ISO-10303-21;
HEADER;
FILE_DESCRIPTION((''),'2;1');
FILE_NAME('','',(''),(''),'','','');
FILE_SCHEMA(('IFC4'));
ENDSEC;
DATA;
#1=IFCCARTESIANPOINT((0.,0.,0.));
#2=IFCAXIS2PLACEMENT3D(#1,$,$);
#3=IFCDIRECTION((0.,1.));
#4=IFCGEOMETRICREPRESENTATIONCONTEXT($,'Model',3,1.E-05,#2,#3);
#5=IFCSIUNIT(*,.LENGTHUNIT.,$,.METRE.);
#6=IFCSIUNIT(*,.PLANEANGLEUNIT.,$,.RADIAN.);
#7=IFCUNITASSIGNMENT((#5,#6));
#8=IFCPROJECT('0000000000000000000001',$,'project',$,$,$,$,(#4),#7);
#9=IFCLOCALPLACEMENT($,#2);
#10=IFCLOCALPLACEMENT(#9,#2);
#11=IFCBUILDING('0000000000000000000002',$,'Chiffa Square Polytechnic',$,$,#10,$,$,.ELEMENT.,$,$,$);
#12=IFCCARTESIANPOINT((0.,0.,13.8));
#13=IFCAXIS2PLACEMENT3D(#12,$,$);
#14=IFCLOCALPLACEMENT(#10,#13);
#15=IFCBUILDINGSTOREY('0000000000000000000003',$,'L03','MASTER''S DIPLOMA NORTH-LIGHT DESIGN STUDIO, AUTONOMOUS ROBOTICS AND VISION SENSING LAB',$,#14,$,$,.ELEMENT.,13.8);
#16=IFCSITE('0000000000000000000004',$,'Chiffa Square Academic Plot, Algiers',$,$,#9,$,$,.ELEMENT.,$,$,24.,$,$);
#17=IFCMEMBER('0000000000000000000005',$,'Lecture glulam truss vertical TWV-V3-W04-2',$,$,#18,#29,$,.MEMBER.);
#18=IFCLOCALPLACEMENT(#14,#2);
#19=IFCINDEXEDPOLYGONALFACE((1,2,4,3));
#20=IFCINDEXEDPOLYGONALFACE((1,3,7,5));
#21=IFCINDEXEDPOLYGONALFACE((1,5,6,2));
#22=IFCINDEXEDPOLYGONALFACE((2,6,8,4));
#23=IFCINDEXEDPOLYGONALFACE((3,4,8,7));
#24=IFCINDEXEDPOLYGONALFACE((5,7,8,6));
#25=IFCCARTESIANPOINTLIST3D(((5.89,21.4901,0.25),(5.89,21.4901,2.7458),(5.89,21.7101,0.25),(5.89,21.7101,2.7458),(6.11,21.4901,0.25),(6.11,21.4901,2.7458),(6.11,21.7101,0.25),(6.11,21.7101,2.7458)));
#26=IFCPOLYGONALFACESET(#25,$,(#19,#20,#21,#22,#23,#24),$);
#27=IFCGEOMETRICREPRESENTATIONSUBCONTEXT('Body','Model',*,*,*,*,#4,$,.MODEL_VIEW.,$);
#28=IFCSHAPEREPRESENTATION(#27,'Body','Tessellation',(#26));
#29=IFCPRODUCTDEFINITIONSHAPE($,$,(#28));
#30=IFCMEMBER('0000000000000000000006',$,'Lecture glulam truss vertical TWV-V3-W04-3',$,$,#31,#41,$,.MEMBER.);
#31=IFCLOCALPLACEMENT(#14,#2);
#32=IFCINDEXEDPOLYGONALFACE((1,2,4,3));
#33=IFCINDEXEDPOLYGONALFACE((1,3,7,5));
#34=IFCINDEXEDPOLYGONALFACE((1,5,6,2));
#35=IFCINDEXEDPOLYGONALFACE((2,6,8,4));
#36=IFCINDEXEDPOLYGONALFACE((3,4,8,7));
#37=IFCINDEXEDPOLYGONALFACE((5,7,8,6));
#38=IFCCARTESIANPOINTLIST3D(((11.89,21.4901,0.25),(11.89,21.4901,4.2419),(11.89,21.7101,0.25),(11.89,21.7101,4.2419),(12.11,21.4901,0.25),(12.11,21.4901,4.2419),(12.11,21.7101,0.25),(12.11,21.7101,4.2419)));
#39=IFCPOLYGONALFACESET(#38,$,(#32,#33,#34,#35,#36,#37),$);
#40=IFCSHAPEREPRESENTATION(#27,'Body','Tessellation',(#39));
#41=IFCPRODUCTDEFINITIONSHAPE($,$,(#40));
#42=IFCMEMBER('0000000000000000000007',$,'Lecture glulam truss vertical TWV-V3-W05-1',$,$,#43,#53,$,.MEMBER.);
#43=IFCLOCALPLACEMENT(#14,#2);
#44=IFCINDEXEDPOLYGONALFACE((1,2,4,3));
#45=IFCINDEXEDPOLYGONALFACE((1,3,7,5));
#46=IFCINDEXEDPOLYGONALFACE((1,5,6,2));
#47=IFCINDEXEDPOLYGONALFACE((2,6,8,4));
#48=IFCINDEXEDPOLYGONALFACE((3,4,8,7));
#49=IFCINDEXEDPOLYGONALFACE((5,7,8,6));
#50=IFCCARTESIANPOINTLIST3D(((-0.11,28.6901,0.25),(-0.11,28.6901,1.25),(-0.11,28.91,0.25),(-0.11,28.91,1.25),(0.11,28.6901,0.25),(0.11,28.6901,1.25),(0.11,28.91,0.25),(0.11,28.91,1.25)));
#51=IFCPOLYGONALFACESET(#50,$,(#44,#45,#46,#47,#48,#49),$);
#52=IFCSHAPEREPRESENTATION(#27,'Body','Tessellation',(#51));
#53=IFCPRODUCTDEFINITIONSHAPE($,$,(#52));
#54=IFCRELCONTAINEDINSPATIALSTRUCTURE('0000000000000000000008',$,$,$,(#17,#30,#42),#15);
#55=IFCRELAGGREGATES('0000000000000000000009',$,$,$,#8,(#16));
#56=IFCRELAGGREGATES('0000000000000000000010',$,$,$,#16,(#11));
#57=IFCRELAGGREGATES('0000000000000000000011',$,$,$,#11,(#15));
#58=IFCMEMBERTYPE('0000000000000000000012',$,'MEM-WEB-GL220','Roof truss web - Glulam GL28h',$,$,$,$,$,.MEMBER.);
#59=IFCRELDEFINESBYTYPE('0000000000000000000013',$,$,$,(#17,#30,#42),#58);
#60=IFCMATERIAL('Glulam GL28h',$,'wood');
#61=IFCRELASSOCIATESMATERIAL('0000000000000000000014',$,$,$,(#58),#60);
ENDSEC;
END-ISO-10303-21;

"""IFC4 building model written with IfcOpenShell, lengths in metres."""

from ifc_helpers import new_model, si_unit, direction, frame, origin, origin_2d, place, context, subcontext, project, spatial, rectangle, extrude, material, material_profile, profile_set, type_object, element, save


model = new_model("IFC4")

# Units and contexts
model_context = context("Model", 3, precision=1e-05, world=origin(), true_north=direction((0.0, 1.0)))
body_context = subcontext(model_context, "Body", "Model", "MODEL_VIEW")
ifc_project = project(units=[si_unit("LENGTHUNIT", "METRE"), si_unit("PLANEANGLEUNIT", "RADIAN")], contexts=[model_context])

# Site, building, storey
site_placement = place(None, origin())
site = spatial("IfcSite", under=ifc_project, at=site_placement, Name="Chiffa Square Academic Plot, Algiers", CompositionType="ELEMENT", RefElevation=24.0)
building_placement = place(site_placement, origin())
building = spatial("IfcBuilding", under=site, at=building_placement, Name="Chiffa Square Polytechnic", CompositionType="ELEMENT")
storey_placement = place(building_placement, frame((0.0, 0.0, 13.8)))
storey = spatial("IfcBuildingStorey", under=building, at=storey_placement, Name="L03", Description="MASTER'S DIPLOMA NORTH-LIGHT DESIGN STUDIO, AUTONOMOUS ROBOTICS AND VISION SENSING LAB", CompositionType="ELEMENT", Elevation=13.8)

# Members
ifc_material_1 = material(Name="Glulam GL28h", Category="wood")
ifc_material_profile_1 = material_profile(ifc_material_1, rectangle(XDim=0.22, YDim=0.22, at=origin_2d()), Name="GL28h 220x220")
ifc_profile_set_1 = profile_set([ifc_material_profile_1], Name="Glulam GL28h")
member_type_1 = type_object("IfcMemberType", Name="MEM-WEB-GL220", Description="Roof truss web - Glulam GL28h", PredefinedType="MEMBER", material=ifc_profile_set_1)
member_1_placement = place(storey_placement, frame((6.0, 21.6001, 0.25), z_axis=(0.0, 0.0, 1.0), x_axis=(1.0, 0.0, 0.0)))
element("IfcMember", 1, at=member_1_placement, inside=storey, type_object=member_type_1, Name="Lecture glulam truss vertical TWV-V3-W04-2", PredefinedType="MEMBER", context=body_context, shape_type="SweptSolid", body=[
    extrude(rectangle(XDim=0.22, YDim=0.22, at=origin_2d()), origin(), (0.0, 0.0, 1.0), 2.4958),
])
member_2_placement = place(storey_placement, frame((12.0, 21.6001, 0.25), z_axis=(0.0, 0.0, 1.0), x_axis=(1.0, 0.0, 0.0)))
element("IfcMember", 2, at=member_2_placement, inside=storey, type_object=member_type_1, Name="Lecture glulam truss vertical TWV-V3-W04-3", PredefinedType="MEMBER", context=body_context, shape_type="SweptSolid", body=[
    extrude(rectangle(XDim=0.22, YDim=0.22, at=origin_2d()), origin(), (0.0, 0.0, 1.0), 3.9919),
])
member_3_placement = place(storey_placement, frame((0.0, 28.8, 0.25), z_axis=(0.0, 0.0, 1.0), x_axis=(1.0, 0.0, 0.0)))
element("IfcMember", 3, at=member_3_placement, inside=storey, type_object=member_type_1, Name="Lecture glulam truss vertical TWV-V3-W05-1", PredefinedType="MEMBER", context=body_context, shape_type="SweptSolid", body=[
    extrude(rectangle(XDim=0.22, YDim=0.22, at=origin_2d()), origin(), (0.0, 0.0, 1.0), 1.0),
])

save(model, "model.ifc")
